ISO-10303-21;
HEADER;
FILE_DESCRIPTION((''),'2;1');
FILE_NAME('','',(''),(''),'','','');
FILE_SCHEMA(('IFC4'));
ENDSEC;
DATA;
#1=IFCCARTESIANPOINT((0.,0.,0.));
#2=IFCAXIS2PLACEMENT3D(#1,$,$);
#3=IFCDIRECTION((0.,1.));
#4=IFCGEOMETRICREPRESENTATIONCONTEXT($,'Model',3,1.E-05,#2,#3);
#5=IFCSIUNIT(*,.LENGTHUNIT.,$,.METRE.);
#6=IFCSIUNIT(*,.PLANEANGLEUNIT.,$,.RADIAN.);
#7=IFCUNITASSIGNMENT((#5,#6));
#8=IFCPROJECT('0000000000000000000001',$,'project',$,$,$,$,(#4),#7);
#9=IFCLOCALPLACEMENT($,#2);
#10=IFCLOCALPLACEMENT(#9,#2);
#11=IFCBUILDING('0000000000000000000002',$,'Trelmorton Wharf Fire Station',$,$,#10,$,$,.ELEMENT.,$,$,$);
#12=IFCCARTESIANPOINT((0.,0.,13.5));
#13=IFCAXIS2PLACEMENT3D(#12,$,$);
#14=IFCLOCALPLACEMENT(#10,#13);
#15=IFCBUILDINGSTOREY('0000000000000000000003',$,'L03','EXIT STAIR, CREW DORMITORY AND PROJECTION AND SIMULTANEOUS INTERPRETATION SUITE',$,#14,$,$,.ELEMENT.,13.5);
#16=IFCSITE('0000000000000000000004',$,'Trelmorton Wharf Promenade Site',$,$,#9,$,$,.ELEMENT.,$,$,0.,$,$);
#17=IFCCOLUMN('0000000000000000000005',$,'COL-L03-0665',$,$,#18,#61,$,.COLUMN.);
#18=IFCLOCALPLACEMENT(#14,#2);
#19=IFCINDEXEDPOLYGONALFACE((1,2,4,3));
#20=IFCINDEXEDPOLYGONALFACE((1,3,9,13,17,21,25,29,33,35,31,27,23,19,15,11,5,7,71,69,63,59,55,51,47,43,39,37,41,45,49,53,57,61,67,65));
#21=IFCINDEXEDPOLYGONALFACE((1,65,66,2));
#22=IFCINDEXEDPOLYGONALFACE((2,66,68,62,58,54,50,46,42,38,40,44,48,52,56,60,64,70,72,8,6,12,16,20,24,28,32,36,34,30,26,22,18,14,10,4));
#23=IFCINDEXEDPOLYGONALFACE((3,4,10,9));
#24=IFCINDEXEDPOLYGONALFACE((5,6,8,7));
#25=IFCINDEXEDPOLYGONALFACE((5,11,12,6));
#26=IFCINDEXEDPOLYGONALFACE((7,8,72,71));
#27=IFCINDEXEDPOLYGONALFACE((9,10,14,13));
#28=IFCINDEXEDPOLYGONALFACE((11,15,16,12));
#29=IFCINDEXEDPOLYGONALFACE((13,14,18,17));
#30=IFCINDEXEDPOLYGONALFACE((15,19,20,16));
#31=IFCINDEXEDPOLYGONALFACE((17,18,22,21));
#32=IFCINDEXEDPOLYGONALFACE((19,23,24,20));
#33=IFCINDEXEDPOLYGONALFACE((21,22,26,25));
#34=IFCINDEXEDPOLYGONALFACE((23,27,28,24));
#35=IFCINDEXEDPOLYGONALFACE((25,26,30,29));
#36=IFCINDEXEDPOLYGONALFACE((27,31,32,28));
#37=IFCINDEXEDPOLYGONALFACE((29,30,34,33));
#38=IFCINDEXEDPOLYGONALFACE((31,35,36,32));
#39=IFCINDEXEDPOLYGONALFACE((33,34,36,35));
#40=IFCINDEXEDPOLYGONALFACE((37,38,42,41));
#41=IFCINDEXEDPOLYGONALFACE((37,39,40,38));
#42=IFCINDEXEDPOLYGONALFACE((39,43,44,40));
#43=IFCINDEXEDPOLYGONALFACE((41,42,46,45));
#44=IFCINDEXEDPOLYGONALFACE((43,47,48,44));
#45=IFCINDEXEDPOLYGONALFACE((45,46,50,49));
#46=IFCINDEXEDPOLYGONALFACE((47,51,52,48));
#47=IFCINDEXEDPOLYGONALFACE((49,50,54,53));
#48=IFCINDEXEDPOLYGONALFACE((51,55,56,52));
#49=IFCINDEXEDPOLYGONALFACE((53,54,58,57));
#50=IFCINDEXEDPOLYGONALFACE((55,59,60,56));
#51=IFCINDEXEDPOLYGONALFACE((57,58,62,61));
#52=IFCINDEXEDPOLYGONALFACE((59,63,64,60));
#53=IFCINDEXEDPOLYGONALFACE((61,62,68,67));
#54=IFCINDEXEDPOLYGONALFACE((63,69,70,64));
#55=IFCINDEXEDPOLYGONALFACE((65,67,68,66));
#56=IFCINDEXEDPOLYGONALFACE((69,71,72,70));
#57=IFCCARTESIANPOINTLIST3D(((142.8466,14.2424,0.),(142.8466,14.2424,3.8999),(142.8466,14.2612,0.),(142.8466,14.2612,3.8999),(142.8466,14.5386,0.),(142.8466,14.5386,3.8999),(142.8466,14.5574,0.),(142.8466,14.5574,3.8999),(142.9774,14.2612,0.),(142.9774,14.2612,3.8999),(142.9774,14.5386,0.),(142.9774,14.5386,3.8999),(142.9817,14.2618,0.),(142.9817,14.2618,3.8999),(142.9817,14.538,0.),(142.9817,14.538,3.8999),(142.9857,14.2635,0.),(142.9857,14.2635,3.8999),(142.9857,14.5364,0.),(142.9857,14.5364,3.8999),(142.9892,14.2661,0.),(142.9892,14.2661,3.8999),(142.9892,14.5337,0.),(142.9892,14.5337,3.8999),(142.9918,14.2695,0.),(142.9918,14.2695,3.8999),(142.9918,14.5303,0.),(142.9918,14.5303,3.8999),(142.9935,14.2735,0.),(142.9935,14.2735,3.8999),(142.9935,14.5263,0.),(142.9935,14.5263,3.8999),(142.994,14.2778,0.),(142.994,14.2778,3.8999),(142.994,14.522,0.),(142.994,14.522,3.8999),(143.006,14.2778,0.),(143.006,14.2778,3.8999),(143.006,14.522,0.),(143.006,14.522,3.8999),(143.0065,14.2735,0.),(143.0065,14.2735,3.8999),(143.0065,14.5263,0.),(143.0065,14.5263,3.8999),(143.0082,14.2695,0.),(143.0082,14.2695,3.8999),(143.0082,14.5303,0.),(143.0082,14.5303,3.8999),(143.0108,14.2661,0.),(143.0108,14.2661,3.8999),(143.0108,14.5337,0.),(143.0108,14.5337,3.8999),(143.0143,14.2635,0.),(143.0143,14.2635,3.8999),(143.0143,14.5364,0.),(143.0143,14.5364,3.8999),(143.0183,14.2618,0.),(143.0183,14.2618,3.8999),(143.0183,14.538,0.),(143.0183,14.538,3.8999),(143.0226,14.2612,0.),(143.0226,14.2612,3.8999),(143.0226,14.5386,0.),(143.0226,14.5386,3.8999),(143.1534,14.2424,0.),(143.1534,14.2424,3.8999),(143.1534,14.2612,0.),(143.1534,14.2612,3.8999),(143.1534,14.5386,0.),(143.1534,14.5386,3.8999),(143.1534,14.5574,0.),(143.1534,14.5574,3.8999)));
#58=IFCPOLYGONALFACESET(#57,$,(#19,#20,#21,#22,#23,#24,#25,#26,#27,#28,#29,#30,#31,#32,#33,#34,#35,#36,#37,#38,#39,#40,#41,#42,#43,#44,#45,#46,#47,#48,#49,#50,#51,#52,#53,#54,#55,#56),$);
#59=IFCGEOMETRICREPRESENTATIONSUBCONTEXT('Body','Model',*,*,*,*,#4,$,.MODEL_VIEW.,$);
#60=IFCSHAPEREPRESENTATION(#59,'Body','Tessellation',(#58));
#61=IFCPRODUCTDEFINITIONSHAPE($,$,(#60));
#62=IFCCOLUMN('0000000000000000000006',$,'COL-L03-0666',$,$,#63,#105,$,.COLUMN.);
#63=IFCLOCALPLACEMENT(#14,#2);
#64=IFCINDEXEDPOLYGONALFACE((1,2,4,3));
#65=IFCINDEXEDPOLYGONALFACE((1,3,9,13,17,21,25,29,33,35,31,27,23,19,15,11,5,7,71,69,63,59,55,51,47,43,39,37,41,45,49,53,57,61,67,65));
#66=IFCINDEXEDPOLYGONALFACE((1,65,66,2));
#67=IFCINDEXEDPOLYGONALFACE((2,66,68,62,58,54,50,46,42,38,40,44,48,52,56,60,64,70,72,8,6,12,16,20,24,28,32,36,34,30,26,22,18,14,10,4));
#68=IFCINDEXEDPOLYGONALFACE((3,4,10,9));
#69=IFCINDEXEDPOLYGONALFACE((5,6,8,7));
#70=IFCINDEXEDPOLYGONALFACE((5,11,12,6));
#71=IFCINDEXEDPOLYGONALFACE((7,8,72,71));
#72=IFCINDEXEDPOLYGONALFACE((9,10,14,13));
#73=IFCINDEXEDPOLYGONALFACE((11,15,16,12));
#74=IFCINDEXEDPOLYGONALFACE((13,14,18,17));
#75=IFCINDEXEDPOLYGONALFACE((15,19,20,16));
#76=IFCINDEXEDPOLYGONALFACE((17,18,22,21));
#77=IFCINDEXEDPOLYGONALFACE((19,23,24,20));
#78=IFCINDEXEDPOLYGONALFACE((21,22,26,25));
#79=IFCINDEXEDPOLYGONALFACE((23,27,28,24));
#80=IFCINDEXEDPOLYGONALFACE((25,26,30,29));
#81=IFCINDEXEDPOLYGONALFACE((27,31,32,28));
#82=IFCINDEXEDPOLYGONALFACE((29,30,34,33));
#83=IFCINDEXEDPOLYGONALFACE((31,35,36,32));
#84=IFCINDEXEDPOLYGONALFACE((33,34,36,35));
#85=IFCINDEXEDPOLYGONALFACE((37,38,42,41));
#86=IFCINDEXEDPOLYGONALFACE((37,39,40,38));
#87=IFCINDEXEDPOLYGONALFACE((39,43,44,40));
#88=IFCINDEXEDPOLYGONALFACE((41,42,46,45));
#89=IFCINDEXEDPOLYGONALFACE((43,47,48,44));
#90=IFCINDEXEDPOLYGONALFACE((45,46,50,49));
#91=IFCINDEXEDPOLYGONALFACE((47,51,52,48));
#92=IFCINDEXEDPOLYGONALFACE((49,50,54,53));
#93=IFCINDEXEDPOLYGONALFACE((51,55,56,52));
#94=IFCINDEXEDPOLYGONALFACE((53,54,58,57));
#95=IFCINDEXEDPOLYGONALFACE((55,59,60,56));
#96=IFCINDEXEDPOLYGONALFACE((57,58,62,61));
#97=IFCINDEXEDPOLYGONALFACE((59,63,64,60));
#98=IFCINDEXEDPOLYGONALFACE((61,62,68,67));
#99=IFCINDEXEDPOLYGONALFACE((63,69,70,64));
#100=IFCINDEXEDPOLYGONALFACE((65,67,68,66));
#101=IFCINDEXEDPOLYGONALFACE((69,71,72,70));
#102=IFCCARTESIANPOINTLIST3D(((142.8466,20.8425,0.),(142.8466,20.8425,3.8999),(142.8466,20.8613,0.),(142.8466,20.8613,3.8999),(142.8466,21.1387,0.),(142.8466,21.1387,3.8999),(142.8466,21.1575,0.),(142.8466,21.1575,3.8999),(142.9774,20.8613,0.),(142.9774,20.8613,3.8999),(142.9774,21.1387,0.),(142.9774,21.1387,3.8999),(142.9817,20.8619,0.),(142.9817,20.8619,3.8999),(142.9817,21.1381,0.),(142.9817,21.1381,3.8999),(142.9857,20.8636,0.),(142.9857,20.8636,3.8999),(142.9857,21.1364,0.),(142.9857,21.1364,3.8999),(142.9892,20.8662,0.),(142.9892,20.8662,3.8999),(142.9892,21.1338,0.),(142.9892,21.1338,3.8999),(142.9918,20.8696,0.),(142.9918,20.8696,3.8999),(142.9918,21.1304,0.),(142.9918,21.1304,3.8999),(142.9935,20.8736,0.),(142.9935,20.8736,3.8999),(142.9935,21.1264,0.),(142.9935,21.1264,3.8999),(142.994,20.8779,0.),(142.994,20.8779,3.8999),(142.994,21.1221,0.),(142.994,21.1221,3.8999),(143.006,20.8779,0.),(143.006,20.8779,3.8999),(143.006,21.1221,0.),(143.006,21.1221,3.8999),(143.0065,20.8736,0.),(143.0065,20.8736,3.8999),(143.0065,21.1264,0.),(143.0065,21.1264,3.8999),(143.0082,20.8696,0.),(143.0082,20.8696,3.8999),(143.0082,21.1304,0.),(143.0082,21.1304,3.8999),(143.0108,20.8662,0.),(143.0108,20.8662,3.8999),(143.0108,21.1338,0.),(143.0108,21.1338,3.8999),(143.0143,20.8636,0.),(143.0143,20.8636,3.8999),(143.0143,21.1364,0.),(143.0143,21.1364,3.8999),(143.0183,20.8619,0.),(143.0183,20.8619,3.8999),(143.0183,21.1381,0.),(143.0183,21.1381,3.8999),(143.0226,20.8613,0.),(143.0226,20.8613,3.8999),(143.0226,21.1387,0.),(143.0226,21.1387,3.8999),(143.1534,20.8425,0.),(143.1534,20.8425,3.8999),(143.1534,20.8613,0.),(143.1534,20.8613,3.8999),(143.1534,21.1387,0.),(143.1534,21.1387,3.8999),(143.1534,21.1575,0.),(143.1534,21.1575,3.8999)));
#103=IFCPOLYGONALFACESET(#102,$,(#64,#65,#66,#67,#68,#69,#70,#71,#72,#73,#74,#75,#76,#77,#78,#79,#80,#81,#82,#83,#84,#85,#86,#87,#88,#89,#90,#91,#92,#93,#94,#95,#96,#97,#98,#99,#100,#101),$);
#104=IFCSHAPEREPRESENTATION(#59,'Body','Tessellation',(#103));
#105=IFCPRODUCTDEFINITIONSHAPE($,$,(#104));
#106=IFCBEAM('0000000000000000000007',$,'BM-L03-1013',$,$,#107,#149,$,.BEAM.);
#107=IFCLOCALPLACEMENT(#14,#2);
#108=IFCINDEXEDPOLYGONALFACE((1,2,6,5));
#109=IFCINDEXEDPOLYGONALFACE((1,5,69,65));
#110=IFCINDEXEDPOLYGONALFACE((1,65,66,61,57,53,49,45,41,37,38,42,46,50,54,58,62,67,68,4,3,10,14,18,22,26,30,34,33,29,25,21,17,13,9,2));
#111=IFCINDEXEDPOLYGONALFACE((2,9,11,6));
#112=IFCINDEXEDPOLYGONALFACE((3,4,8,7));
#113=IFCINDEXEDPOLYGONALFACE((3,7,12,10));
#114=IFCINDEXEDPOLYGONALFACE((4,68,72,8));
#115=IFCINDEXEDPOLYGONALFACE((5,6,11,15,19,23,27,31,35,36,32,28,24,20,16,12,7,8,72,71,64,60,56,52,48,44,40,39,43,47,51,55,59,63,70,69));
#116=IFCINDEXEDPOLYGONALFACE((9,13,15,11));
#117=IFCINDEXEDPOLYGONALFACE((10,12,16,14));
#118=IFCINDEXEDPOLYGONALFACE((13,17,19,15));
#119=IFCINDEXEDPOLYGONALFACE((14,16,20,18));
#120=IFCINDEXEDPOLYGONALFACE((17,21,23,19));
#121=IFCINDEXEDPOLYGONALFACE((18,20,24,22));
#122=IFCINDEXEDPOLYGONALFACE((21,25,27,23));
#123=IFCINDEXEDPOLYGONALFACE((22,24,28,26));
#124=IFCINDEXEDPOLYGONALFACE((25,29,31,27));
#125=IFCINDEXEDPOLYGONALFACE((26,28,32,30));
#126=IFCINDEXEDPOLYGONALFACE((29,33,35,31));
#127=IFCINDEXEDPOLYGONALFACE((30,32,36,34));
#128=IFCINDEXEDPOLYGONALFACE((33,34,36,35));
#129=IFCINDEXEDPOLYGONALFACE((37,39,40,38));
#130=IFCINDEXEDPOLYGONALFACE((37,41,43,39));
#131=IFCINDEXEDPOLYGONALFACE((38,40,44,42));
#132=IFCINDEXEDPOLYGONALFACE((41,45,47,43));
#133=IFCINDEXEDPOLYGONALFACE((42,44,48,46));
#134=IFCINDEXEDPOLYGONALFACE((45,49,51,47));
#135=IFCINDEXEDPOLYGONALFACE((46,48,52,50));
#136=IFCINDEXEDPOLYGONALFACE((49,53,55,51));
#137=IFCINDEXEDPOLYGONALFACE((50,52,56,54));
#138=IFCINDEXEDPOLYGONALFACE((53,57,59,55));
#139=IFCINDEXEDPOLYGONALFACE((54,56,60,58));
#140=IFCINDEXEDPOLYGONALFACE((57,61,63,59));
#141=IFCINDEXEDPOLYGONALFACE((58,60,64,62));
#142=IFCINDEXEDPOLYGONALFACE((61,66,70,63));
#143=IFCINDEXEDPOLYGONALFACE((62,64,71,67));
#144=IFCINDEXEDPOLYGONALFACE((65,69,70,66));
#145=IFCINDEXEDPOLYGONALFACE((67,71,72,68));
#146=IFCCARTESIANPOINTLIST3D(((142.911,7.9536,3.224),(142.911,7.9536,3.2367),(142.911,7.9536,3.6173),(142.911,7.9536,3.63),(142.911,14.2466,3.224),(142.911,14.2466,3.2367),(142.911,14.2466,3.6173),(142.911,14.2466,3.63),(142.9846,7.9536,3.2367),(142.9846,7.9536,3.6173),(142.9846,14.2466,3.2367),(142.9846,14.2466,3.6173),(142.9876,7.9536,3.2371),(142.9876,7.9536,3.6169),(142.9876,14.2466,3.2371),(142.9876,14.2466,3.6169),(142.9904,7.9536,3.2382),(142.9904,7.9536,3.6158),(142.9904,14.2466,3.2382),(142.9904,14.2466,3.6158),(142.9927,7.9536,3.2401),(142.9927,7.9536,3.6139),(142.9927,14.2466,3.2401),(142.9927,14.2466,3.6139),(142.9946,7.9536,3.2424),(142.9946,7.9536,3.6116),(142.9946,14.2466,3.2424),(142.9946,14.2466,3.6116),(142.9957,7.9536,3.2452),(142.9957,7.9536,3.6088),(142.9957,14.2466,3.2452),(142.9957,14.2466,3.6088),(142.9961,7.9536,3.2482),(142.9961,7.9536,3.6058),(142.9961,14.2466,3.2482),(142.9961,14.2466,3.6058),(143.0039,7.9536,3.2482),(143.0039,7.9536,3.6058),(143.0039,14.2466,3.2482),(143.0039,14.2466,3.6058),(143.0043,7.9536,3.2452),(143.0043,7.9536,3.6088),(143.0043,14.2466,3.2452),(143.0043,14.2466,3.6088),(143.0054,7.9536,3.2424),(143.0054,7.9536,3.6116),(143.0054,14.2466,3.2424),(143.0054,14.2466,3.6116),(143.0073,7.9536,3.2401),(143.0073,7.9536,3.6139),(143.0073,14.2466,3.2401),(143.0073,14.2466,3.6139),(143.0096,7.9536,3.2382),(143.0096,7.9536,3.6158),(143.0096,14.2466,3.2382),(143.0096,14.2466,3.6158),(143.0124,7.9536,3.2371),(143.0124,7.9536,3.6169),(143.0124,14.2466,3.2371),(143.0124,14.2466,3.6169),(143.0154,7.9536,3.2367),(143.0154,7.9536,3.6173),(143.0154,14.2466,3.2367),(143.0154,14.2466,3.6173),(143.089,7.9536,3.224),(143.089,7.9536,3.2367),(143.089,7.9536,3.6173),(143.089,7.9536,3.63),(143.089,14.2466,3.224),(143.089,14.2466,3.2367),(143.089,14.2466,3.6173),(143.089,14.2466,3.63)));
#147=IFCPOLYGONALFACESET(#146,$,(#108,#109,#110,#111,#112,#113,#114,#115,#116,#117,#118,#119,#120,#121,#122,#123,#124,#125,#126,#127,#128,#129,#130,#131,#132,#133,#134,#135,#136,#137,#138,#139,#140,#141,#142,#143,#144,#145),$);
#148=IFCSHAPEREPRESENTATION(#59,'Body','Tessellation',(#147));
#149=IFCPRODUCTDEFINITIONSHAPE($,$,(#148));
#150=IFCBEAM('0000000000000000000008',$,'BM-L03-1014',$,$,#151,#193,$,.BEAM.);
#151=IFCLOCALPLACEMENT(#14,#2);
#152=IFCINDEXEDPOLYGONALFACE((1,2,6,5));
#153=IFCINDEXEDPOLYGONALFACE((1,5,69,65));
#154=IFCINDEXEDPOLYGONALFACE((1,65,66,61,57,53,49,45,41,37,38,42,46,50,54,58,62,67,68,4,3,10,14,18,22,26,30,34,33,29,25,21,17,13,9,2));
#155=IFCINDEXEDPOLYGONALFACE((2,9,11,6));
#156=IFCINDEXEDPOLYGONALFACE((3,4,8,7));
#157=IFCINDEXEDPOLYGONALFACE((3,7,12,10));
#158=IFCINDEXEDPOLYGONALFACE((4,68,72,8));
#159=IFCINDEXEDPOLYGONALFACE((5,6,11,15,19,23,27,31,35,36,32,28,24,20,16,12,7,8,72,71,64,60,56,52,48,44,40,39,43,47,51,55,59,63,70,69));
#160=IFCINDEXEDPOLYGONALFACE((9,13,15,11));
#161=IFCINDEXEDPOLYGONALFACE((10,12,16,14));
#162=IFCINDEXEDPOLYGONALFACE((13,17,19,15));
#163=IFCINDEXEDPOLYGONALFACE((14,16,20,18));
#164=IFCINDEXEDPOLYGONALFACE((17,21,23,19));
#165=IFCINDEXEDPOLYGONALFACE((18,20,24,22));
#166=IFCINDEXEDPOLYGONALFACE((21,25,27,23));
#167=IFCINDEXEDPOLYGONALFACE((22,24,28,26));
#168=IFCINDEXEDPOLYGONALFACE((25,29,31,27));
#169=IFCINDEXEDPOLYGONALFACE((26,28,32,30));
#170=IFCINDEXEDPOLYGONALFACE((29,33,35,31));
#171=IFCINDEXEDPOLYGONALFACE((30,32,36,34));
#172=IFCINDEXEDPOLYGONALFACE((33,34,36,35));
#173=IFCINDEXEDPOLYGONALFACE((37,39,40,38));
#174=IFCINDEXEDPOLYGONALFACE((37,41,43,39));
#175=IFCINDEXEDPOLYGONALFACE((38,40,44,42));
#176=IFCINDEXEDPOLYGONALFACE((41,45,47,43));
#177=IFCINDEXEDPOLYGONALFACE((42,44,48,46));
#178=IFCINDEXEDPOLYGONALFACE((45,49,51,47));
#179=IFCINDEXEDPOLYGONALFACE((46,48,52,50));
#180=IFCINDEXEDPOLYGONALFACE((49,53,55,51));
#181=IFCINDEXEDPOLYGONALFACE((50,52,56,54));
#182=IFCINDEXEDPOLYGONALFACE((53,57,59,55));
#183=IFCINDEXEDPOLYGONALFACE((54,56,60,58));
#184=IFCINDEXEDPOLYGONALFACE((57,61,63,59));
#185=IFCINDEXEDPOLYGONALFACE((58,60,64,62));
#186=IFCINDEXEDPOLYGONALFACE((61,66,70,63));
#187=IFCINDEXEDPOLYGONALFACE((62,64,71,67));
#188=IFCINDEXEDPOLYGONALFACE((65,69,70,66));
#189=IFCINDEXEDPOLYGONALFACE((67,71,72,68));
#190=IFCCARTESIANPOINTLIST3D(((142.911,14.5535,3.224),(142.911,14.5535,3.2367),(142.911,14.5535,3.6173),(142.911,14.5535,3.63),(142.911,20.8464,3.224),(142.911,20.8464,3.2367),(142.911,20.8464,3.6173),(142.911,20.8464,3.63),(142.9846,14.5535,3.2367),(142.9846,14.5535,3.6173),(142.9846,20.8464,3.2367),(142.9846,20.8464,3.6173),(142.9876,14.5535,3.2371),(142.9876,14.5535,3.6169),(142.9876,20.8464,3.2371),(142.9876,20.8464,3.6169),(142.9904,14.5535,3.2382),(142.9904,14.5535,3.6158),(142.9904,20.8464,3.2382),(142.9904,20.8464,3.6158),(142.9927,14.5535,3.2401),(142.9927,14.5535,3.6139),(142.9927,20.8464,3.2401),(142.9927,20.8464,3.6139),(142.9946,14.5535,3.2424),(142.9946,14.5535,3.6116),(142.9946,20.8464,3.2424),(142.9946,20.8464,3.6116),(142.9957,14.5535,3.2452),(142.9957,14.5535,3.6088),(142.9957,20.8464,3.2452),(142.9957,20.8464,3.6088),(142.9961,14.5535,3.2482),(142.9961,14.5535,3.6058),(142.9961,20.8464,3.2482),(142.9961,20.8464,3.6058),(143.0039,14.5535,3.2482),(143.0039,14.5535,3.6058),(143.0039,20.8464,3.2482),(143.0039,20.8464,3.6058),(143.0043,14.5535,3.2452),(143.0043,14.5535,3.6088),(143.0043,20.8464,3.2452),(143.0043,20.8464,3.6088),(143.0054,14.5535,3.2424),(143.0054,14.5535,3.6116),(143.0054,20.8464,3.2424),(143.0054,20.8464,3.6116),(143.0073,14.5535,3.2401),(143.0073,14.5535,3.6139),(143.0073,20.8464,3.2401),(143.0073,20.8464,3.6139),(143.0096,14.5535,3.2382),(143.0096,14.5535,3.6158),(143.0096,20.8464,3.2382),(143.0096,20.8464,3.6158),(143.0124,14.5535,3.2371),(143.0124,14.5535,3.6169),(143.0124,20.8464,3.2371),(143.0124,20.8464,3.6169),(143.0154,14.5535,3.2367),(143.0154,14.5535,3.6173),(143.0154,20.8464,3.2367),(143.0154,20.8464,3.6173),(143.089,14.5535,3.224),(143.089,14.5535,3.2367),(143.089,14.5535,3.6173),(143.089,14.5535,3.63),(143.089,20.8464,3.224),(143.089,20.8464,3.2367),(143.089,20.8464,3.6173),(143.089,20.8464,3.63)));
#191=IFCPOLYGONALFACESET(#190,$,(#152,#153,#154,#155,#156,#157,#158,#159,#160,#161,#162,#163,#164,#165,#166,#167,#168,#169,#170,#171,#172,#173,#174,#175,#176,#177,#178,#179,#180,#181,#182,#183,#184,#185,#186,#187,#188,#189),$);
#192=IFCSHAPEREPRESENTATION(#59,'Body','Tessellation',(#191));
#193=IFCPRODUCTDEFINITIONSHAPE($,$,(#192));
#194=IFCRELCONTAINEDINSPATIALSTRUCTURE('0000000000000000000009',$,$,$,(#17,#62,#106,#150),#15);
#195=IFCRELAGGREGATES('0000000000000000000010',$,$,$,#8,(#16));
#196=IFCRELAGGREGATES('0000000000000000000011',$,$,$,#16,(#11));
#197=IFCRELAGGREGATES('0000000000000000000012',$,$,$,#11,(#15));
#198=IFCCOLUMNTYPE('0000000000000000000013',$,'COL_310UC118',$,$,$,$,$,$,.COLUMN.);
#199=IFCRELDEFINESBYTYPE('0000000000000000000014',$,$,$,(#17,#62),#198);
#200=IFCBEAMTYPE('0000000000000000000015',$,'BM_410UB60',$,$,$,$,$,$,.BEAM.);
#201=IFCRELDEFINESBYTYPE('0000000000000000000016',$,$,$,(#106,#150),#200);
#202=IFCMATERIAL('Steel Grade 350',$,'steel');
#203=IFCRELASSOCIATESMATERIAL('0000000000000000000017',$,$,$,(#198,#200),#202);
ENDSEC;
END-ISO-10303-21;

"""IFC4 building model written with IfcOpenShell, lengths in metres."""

from ifc_helpers import new_model, si_unit, direction, frame, origin, origin_2d, place, context, subcontext, project, spatial, i_section, extrude, material, material_profile, profile_set, type_object, element, save


model = new_model("IFC4")

# Units and contexts
model_context = context("Model", 3, precision=1e-05, world=origin(), true_north=direction((0.0, 1.0)))
body_context = subcontext(model_context, "Body", "Model", "MODEL_VIEW")
ifc_project = project(units=[si_unit("LENGTHUNIT", "METRE"), si_unit("PLANEANGLEUNIT", "RADIAN")], contexts=[model_context])

# Site, building, storey
site_placement = place(None, origin())
site = spatial("IfcSite", under=ifc_project, at=site_placement, Name="Trelmorton Wharf Promenade Site", CompositionType="ELEMENT", RefElevation=0.0)
building_placement = place(site_placement, origin())
building = spatial("IfcBuilding", under=site, at=building_placement, Name="Trelmorton Wharf Fire Station", CompositionType="ELEMENT")
storey_placement = place(building_placement, frame((0.0, 0.0, 13.5)))
storey = spatial("IfcBuildingStorey", under=building, at=storey_placement, Name="L03", Description="EXIT STAIR, CREW DORMITORY AND PROJECTION AND SIMULTANEOUS INTERPRETATION SUITE", CompositionType="ELEMENT", Elevation=13.5)

# Columns
ifc_material_1 = material(Name="Steel Grade 350", Category="steel")
ifc_material_profile_1 = material_profile(ifc_material_1, i_section(OverallWidth=0.3069, OverallDepth=0.3149, WebThickness=0.012, FlangeThickness=0.0188, FilletRadius=0.0166, at=origin_2d()), Name="310UC118")
ifc_profile_set_1 = profile_set([ifc_material_profile_1], Name="Steel Grade 350")
column_type = type_object("IfcColumnType", Name="COL_310UC118", PredefinedType="COLUMN", material=ifc_profile_set_1)
for number, where, z_axis, x_axis, name in (
    (1, (143.0, 14.3999, 0.0), (0.0, 0.0, 1.0), (1.0, 0.0, 0.0), "COL-L03-0665"),
    (2, (143.0, 21.0, 0.0), (0.0, 0.0, 1.0), (1.0, 0.0, 0.0), "COL-L03-0666"),
):
    element("IfcColumn", number, at=place(storey_placement, frame(where, z_axis=z_axis, x_axis=x_axis)), inside=storey, type_object=column_type, Name=name, PredefinedType="COLUMN", context=body_context, shape_type="SweptSolid", body=[
        extrude(i_section(OverallWidth=0.3069, OverallDepth=0.3149, WebThickness=0.012, FlangeThickness=0.0188, FilletRadius=0.0166, at=origin_2d()), origin(), (0.0, 0.0, 1.0), 3.8999),
    ])

# Beams
ifc_material_profile_2 = material_profile(ifc_material_1, i_section(OverallWidth=0.178, OverallDepth=0.406, WebThickness=0.0078, FlangeThickness=0.0127, FilletRadius=0.0115, at=origin_2d()), Name="410UB59.7")
ifc_profile_set_2 = profile_set([ifc_material_profile_2], Name="Steel Grade 350")
beam_type_1 = type_object("IfcBeamType", Name="BM_410UB60", PredefinedType="BEAM", material=ifc_profile_set_2)
for number, where, z_axis, x_axis, name in (
    (3, (143.0, 7.9536, 3.427), (0.0, 1.0, 0.0), (-1.0, 0.0, 0.0), "BM-L03-1013"),
    (4, (143.0, 14.5535, 3.427), (0.0, 1.0, 0.0), (-1.0, 0.0, 0.0), "BM-L03-1014"),
):
    element("IfcBeam", number, at=place(storey_placement, frame(where, z_axis=z_axis, x_axis=x_axis)), inside=storey, type_object=beam_type_1, Name=name, PredefinedType="BEAM", context=body_context, shape_type="SweptSolid", body=[
        extrude(i_section(OverallWidth=0.178, OverallDepth=0.406, WebThickness=0.0078, FlangeThickness=0.0127, FilletRadius=0.0115, at=origin_2d()), origin(), (0.0, 0.0, 1.0), 6.293),
    ])

save(model, "model.ifc")
